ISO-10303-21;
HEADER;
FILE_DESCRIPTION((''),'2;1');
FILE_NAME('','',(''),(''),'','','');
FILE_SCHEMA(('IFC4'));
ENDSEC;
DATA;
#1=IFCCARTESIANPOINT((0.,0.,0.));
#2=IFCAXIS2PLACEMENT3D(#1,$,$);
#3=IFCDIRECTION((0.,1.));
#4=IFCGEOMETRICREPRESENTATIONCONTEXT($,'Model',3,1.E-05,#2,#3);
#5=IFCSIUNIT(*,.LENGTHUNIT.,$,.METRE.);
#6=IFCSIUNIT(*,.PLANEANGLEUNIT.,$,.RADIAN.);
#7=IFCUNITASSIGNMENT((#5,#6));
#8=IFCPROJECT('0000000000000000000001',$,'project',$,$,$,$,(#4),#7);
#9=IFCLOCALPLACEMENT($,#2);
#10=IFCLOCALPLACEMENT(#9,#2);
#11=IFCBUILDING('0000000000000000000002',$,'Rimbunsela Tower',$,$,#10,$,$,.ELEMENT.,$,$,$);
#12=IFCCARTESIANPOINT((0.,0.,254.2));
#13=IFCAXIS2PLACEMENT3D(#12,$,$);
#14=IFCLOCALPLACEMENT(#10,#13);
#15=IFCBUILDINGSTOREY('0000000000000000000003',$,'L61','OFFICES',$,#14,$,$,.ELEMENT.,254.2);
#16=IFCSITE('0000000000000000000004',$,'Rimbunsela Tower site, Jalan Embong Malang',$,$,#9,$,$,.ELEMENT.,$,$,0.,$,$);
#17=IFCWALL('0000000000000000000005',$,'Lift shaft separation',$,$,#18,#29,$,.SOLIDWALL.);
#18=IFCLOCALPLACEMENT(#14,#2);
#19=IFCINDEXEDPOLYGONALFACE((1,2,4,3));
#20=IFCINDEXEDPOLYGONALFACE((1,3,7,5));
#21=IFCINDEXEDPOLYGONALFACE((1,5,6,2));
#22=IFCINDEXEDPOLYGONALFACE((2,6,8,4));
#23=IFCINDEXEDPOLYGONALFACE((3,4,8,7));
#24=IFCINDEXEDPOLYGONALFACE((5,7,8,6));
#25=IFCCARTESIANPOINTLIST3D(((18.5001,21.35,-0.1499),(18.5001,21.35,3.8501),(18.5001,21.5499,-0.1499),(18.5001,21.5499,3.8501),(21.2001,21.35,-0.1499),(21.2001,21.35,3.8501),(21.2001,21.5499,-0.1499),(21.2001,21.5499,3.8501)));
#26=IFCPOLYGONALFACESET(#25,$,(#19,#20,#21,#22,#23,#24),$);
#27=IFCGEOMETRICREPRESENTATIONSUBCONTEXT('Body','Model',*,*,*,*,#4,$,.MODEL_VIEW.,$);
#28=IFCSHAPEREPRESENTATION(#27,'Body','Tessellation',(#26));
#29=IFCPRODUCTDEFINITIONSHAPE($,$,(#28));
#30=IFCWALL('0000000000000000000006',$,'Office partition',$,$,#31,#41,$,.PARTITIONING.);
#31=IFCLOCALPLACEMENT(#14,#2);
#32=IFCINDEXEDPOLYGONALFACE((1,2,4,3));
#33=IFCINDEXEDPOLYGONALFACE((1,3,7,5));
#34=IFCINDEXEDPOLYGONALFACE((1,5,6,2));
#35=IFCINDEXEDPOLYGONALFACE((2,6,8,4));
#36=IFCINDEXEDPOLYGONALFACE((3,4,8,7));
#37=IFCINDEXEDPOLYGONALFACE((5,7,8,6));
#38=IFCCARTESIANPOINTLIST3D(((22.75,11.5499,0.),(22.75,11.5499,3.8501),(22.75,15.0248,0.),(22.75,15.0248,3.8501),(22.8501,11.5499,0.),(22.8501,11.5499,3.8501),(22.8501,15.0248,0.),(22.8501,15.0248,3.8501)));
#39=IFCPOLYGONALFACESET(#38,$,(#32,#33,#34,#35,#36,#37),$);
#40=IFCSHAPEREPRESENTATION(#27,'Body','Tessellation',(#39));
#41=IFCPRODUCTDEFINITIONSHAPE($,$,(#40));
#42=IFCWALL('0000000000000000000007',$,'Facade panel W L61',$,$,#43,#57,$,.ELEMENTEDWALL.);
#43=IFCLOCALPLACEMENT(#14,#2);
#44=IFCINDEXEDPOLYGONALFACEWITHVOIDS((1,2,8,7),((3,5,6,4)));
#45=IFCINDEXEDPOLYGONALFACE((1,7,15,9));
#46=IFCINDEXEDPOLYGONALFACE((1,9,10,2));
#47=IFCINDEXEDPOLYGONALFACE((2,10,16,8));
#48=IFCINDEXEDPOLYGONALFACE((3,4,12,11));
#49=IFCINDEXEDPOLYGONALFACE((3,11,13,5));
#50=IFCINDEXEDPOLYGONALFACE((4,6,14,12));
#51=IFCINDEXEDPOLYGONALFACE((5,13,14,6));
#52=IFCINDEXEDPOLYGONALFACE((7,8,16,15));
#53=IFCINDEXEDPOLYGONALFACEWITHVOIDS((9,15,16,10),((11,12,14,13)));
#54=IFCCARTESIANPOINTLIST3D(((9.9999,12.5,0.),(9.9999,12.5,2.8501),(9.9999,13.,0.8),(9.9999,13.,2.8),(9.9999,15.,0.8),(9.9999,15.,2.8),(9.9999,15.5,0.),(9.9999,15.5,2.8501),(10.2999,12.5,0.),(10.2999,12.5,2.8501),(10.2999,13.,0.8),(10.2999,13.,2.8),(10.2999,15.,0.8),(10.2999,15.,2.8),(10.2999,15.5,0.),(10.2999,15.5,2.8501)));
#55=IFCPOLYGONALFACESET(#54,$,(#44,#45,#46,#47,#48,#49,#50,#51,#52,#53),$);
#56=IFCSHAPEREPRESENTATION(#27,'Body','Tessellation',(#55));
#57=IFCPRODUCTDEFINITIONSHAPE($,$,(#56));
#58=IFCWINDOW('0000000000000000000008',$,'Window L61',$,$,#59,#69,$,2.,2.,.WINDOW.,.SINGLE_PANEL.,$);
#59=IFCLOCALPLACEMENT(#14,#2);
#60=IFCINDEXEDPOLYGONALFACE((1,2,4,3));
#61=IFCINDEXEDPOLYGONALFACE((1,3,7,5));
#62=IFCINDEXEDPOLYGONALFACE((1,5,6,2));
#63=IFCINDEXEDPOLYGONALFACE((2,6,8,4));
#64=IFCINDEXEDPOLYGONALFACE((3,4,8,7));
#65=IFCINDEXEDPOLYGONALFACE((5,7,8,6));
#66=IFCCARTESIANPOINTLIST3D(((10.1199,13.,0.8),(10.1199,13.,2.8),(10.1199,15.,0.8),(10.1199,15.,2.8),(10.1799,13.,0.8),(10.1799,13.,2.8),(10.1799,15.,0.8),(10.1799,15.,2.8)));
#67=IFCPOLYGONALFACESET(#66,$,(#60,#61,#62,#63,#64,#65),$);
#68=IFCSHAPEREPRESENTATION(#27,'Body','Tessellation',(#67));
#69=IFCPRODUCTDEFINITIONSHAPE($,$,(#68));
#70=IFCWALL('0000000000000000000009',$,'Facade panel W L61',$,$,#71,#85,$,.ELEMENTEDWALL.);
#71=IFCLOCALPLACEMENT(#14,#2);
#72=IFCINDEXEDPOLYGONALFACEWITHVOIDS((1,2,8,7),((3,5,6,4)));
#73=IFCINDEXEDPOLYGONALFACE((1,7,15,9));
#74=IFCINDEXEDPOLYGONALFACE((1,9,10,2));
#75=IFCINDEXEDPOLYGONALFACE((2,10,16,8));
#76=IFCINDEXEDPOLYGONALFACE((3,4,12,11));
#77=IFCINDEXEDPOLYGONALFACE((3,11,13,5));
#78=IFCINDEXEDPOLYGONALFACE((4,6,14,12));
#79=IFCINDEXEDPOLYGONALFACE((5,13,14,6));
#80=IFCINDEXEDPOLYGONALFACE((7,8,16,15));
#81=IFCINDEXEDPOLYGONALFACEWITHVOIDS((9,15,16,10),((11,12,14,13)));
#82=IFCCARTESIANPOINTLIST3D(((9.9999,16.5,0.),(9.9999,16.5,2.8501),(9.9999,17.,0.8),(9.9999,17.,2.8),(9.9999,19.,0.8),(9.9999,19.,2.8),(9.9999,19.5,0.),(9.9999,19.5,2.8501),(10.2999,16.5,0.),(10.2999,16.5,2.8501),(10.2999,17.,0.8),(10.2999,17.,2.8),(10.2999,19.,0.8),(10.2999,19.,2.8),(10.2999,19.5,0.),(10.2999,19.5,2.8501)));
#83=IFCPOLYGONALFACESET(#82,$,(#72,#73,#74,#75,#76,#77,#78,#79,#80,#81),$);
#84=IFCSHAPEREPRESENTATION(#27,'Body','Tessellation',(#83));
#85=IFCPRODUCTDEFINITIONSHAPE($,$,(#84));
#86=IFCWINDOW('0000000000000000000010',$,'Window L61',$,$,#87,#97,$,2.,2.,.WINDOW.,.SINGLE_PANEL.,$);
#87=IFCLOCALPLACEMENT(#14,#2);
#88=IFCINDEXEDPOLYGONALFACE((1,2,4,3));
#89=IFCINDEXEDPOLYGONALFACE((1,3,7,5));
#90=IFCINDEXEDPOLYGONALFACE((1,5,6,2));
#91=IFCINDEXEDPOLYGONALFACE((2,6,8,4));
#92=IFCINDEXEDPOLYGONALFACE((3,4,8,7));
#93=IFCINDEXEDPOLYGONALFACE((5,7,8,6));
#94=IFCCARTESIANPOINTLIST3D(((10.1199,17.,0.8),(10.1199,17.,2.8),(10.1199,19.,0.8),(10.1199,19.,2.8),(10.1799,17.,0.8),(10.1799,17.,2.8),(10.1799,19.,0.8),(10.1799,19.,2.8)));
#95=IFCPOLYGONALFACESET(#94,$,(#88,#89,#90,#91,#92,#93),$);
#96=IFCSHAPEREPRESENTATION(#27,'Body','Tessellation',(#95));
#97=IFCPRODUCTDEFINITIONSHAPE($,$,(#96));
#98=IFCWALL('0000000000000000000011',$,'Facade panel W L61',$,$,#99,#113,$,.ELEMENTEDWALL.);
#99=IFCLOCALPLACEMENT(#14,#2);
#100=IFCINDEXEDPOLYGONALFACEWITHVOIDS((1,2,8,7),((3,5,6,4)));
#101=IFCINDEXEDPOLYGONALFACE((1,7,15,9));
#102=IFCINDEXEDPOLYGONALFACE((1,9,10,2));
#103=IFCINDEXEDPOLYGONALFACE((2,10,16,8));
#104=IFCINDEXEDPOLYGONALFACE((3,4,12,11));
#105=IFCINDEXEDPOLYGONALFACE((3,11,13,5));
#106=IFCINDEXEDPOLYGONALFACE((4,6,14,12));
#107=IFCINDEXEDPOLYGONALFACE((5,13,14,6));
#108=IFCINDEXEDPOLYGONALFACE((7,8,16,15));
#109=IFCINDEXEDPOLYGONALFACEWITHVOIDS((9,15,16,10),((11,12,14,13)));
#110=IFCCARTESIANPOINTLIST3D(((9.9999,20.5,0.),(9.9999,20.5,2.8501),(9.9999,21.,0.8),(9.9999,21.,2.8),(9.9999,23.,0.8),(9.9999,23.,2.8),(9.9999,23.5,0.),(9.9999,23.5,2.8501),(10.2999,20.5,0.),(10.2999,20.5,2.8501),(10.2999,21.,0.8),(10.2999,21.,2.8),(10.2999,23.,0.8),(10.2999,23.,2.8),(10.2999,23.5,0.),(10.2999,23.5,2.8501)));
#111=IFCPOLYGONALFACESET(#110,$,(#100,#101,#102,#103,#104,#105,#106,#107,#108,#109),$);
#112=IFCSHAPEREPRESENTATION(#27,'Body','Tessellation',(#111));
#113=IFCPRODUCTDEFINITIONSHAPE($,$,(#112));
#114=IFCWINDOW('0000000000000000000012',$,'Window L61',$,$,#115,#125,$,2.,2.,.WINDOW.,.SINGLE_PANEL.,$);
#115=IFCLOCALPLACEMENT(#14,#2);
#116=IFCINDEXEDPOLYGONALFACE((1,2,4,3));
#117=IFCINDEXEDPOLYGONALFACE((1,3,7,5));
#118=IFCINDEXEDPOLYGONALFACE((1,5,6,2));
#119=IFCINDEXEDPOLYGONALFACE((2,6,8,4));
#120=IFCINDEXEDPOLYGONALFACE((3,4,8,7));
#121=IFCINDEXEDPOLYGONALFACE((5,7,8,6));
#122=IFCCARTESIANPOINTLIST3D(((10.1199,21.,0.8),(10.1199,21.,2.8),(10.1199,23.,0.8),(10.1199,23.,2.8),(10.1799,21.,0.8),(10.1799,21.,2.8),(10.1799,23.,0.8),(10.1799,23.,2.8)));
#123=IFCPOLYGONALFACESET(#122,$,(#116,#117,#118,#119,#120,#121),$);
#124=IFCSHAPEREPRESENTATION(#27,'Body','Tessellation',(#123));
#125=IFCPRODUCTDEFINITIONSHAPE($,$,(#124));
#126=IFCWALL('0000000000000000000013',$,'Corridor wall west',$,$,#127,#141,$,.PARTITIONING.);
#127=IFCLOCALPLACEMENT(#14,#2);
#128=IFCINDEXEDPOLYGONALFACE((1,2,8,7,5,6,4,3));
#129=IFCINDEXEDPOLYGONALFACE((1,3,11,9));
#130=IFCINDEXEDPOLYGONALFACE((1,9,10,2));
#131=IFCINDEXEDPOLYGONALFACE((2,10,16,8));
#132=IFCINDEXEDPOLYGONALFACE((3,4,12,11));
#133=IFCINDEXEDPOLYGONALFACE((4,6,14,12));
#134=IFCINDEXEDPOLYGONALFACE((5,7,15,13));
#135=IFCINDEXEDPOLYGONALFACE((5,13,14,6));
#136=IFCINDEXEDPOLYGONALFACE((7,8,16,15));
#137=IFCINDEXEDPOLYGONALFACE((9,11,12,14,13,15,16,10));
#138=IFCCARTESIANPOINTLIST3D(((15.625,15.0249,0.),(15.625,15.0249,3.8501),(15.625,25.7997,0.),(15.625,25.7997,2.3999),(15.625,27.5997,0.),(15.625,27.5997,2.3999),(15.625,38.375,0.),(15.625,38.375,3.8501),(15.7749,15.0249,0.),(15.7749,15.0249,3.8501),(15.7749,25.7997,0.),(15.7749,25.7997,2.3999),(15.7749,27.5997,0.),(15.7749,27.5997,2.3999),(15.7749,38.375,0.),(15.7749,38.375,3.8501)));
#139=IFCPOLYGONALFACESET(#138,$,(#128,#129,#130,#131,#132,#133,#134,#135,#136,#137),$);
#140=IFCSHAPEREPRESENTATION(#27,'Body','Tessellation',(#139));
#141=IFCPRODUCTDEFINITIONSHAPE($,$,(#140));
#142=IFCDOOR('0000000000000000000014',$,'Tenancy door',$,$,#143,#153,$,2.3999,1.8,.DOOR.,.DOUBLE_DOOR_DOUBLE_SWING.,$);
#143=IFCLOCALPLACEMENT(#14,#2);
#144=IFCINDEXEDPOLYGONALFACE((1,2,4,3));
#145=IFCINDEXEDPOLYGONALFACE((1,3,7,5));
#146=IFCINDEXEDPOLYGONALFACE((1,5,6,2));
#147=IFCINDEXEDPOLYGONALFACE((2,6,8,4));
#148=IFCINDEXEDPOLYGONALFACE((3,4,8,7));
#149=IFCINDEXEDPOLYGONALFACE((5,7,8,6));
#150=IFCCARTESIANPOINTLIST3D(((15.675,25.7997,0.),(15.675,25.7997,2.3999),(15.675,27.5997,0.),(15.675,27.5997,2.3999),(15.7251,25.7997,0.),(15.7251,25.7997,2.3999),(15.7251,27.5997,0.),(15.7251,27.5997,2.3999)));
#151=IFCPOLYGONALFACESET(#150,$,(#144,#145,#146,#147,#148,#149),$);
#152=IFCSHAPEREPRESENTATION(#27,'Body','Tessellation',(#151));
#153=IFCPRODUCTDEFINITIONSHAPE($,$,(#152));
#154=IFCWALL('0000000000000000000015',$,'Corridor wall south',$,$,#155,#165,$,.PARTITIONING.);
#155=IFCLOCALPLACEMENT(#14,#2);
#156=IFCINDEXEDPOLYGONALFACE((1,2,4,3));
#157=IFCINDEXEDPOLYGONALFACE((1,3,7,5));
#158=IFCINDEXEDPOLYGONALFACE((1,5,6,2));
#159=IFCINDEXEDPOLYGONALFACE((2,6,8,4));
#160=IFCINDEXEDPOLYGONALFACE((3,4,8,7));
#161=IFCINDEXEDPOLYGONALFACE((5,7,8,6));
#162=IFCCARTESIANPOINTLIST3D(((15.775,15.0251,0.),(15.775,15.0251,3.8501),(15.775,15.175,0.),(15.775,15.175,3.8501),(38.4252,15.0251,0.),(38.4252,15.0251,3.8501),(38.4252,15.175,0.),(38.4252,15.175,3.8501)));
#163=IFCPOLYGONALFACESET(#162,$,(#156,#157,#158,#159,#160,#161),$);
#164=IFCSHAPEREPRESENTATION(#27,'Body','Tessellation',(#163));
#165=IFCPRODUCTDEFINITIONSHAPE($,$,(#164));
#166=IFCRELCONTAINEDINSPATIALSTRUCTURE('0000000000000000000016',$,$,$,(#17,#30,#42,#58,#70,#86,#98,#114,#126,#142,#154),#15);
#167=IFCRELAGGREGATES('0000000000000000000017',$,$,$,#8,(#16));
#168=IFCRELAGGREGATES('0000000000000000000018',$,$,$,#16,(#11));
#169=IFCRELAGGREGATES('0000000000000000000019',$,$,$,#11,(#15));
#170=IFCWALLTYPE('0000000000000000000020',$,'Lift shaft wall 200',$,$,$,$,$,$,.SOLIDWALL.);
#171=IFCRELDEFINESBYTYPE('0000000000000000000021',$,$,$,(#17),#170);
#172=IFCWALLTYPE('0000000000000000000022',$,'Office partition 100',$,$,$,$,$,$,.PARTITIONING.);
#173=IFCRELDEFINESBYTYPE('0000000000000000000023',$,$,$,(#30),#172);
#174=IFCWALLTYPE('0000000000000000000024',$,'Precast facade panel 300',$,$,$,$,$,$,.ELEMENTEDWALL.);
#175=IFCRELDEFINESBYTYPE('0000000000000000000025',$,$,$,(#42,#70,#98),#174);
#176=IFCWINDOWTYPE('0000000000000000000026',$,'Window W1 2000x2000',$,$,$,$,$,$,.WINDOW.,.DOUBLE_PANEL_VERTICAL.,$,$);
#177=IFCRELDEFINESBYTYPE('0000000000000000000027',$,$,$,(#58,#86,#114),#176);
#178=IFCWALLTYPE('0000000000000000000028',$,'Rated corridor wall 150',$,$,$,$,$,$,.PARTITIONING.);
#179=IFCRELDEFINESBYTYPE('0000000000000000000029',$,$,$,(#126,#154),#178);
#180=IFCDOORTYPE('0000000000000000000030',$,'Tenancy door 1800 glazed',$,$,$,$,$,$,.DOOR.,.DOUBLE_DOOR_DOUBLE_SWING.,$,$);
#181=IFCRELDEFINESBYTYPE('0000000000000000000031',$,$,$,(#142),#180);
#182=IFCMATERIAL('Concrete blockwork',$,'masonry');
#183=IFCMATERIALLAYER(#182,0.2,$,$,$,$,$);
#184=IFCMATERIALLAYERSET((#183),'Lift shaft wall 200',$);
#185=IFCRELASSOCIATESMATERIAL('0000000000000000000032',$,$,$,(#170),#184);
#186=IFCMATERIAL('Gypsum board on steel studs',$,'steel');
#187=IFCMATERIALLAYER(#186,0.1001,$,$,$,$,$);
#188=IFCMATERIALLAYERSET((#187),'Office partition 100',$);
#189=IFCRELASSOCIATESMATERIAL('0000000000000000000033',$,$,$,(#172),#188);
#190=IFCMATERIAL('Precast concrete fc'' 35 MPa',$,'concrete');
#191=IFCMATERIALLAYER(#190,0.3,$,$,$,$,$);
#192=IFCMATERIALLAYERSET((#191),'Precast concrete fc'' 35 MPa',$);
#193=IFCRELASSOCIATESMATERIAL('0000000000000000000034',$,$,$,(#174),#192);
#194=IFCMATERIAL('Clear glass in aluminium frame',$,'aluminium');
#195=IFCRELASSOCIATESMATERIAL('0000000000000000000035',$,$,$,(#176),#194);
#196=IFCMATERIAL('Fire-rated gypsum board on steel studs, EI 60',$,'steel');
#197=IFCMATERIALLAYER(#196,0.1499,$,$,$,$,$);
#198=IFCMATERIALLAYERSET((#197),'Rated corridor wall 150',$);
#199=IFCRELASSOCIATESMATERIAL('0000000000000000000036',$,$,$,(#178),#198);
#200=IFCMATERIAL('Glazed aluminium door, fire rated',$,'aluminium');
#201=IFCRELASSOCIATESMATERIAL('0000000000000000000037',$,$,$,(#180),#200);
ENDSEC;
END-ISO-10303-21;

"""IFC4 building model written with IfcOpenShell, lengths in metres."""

from ifc_helpers import new_model, si_unit, direction, frame, frame_2d, origin, place, context, subcontext, project, spatial, rectangle, extrude, material, layer, layer_set, type_object, element, fill, save


model = new_model("IFC4")

# Units and contexts
model_context = context("Model", 3, precision=1e-05, world=origin(), true_north=direction((0.0, 1.0)))
body_context = subcontext(model_context, "Body", "Model", "MODEL_VIEW")
ifc_project = project(units=[si_unit("LENGTHUNIT", "METRE"), si_unit("PLANEANGLEUNIT", "RADIAN")], contexts=[model_context])

# Site, building, storey
site_placement = place(None, origin())
site = spatial("IfcSite", under=ifc_project, at=site_placement, Name="Rimbunsela Tower site, Jalan Embong Malang", CompositionType="ELEMENT", RefElevation=0.0)
building_placement = place(site_placement, origin())
building = spatial("IfcBuilding", under=site, at=building_placement, Name="Rimbunsela Tower", CompositionType="ELEMENT")
storey_placement = place(building_placement, frame((0.0, 0.0, 254.2)))
storey = spatial("IfcBuildingStorey", under=building, at=storey_placement, Name="L61", Description="OFFICES", CompositionType="ELEMENT", Elevation=254.2)

# Walls
ifc_material_1 = material(Name="Concrete blockwork", Category="masonry")
ifc_layer_1 = layer(ifc_material_1, 0.2)
ifc_layer_set_1 = layer_set([ifc_layer_1], Name="Lift shaft wall 200")
wall_type_1 = type_object("IfcWallType", Name="Lift shaft wall 200", PredefinedType="SOLIDWALL", material=ifc_layer_set_1)
wall_1_placement = place(storey_placement, frame((18.5, 21.45, -0.1499), z_axis=(0.0, 0.0, 1.0), x_axis=(1.0, 0.0, 0.0)))
element("IfcWall", 1, at=wall_1_placement, inside=storey, type_object=wall_type_1, Name="Lift shaft separation", PredefinedType="SOLIDWALL", context=body_context, shape_type="SweptSolid", body=[
    extrude(rectangle(XDim=2.7, YDim=0.2, at=frame_2d((1.3501, 0.0))), origin(), (0.0, 0.0, 1.0), 4.0),
])
ifc_material_2 = material(Name="Gypsum board on steel studs", Category="steel")
ifc_layer_2 = layer(ifc_material_2, 0.1001)
ifc_layer_set_2 = layer_set([ifc_layer_2], Name="Office partition 100")
wall_type_2 = type_object("IfcWallType", Name="Office partition 100", PredefinedType="PARTITIONING", material=ifc_layer_set_2)
wall_2_placement = place(storey_placement, frame((22.8, 11.55, 0.0), z_axis=(0.0, 0.0, 1.0), x_axis=(0.0, 1.0, 0.0)))
element("IfcWall", 2, at=wall_2_placement, inside=storey, type_object=wall_type_2, Name="Office partition", PredefinedType="PARTITIONING", context=body_context, shape_type="SweptSolid", body=[
    extrude(rectangle(XDim=3.4749, YDim=0.1001, at=frame_2d((1.7373, 0.0))), origin(), (0.0, 0.0, 1.0), 3.8501),
])

# Walls, openings, windows
ifc_material_3 = material(Name="Precast concrete fc' 35 MPa", Category="concrete")
ifc_layer_3 = layer(ifc_material_3, 0.3)
ifc_layer_set_3 = layer_set([ifc_layer_3], Name="Precast concrete fc' 35 MPa")
wall_type_3 = type_object("IfcWallType", Name="Precast facade panel 300", PredefinedType="ELEMENTEDWALL", material=ifc_layer_set_3)
wall_3_placement = place(storey_placement, frame((10.1499, 15.5, 0.0), z_axis=(0.0, 0.0, 1.0), x_axis=(0.0, -1.0, 0.0)))
wall_3 = element("IfcWall", 3, at=wall_3_placement, inside=storey, type_object=wall_type_3, Name="Facade panel W L61", PredefinedType="ELEMENTEDWALL", context=body_context, shape_type="SweptSolid", body=[
    extrude(rectangle(XDim=3.0, YDim=0.3, at=frame_2d((1.5, 0.0))), origin(), (0.0, 0.0, 1.0), 2.8501),
])
opening_1_placement = place(wall_3_placement, frame((0.5, 0.0, 0.8)))
opening_1 = element("IfcOpeningElement", 4, at=opening_1_placement, cuts=wall_3, PredefinedType="OPENING", context=body_context, shape_type="SweptSolid", body=[
    extrude(rectangle(XDim=2.0, YDim=2.0, at=frame_2d((1.0, 1.0))), frame((0.0, 0.1599, 0.0), z_axis=(0.0, -1.0, 0.0), x_axis=(1.0, 0.0, 0.0)), (0.0, 0.0, 1.0), 0.3201),
])
ifc_material_4 = material(Name="Clear glass in aluminium frame", Category="aluminium")
window_type = type_object("IfcWindowType", Name="Window W1 2000x2000", PartitioningType="DOUBLE_PANEL_VERTICAL", PredefinedType="WINDOW", material=ifc_material_4)
window_1_placement = place(opening_1_placement, origin())
window_1 = element("IfcWindow", 5, at=window_1_placement, inside=storey, type_object=window_type, Name="Window L61", OverallHeight=2.0, OverallWidth=2.0, PartitioningType="SINGLE_PANEL", PredefinedType="WINDOW", context=body_context, shape_type="SweptSolid", body=[
    extrude(rectangle(XDim=2.0, YDim=2.0, at=frame_2d((1.0, 1.0))), frame((0.0, 0.03, 0.0), z_axis=(0.0, -1.0, 0.0), x_axis=(1.0, 0.0, 0.0)), (0.0, 0.0, 1.0), 0.0601),
])
fill(opening_1, window_1)
wall_4_placement = place(storey_placement, frame((10.1499, 19.5, 0.0), z_axis=(0.0, 0.0, 1.0), x_axis=(0.0, -1.0, 0.0)))
wall_4 = element("IfcWall", 6, at=wall_4_placement, inside=storey, type_object=wall_type_3, Name="Facade panel W L61", PredefinedType="ELEMENTEDWALL", context=body_context, shape_type="SweptSolid", body=[
    extrude(rectangle(XDim=3.0, YDim=0.3, at=frame_2d((1.5, 0.0))), origin(), (0.0, 0.0, 1.0), 2.8501),
])
opening_2_placement = place(wall_4_placement, frame((0.5, 0.0, 0.8)))
opening_2 = element("IfcOpeningElement", 7, at=opening_2_placement, cuts=wall_4, PredefinedType="OPENING", context=body_context, shape_type="SweptSolid", body=[
    extrude(rectangle(XDim=2.0, YDim=2.0, at=frame_2d((1.0, 1.0))), frame((0.0, 0.1599, 0.0), z_axis=(0.0, -1.0, 0.0), x_axis=(1.0, 0.0, 0.0)), (0.0, 0.0, 1.0), 0.3201),
])
window_2_placement = place(opening_2_placement, origin())
window_2 = element("IfcWindow", 8, at=window_2_placement, inside=storey, type_object=window_type, Name="Window L61", OverallHeight=2.0, OverallWidth=2.0, PartitioningType="SINGLE_PANEL", PredefinedType="WINDOW", context=body_context, shape_type="SweptSolid", body=[
    extrude(rectangle(XDim=2.0, YDim=2.0, at=frame_2d((1.0, 1.0))), frame((0.0, 0.03, 0.0), z_axis=(0.0, -1.0, 0.0), x_axis=(1.0, 0.0, 0.0)), (0.0, 0.0, 1.0), 0.0601),
])
fill(opening_2, window_2)
wall_5_placement = place(storey_placement, frame((10.1499, 23.5, 0.0), z_axis=(0.0, 0.0, 1.0), x_axis=(0.0, -1.0, 0.0)))
wall_5 = element("IfcWall", 9, at=wall_5_placement, inside=storey, type_object=wall_type_3, Name="Facade panel W L61", PredefinedType="ELEMENTEDWALL", context=body_context, shape_type="SweptSolid", body=[
    extrude(rectangle(XDim=3.0, YDim=0.3, at=frame_2d((1.5, 0.0))), origin(), (0.0, 0.0, 1.0), 2.8501),
])
opening_3_placement = place(wall_5_placement, frame((0.5, 0.0, 0.8)))
opening_3 = element("IfcOpeningElement", 10, at=opening_3_placement, cuts=wall_5, PredefinedType="OPENING", context=body_context, shape_type="SweptSolid", body=[
    extrude(rectangle(XDim=2.0, YDim=2.0, at=frame_2d((1.0, 1.0))), frame((0.0, 0.1599, 0.0), z_axis=(0.0, -1.0, 0.0), x_axis=(1.0, 0.0, 0.0)), (0.0, 0.0, 1.0), 0.3201),
])
window_3_placement = place(opening_3_placement, origin())
window_3 = element("IfcWindow", 11, at=window_3_placement, inside=storey, type_object=window_type, Name="Window L61", OverallHeight=2.0, OverallWidth=2.0, PartitioningType="SINGLE_PANEL", PredefinedType="WINDOW", context=body_context, shape_type="SweptSolid", body=[
    extrude(rectangle(XDim=2.0, YDim=2.0, at=frame_2d((1.0, 1.0))), frame((0.0, 0.03, 0.0), z_axis=(0.0, -1.0, 0.0), x_axis=(1.0, 0.0, 0.0)), (0.0, 0.0, 1.0), 0.0601),
])
fill(opening_3, window_3)

# Wall, opening, door
ifc_material_5 = material(Name="Fire-rated gypsum board on steel studs, EI 60", Category="steel")
ifc_layer_4 = layer(ifc_material_5, 0.1499)
ifc_layer_set_4 = layer_set([ifc_layer_4], Name="Rated corridor wall 150")
wall_type_4 = type_object("IfcWallType", Name="Rated corridor wall 150", PredefinedType="PARTITIONING", material=ifc_layer_set_4)
wall_6_placement = place(storey_placement, frame((15.7, 15.0249, 0.0), z_axis=(0.0, 0.0, 1.0), x_axis=(0.0, 1.0, 0.0)))
wall_6 = element("IfcWall", 12, at=wall_6_placement, inside=storey, type_object=wall_type_4, Name="Corridor wall west", PredefinedType="PARTITIONING", context=body_context, shape_type="SweptSolid", body=[
    extrude(rectangle(XDim=23.3501, YDim=0.1499, at=frame_2d((11.675, 0.0))), origin(), (0.0, 0.0, 1.0), 3.8501),
])
opening_4_placement = place(wall_6_placement, frame((10.7749, 0.0, 0.0)))
opening_4 = element("IfcOpeningElement", 13, at=opening_4_placement, cuts=wall_6, PredefinedType="OPENING", context=body_context, shape_type="SweptSolid", body=[
    extrude(rectangle(XDim=1.8, YDim=2.3999, at=frame_2d((0.8999, 1.2))), frame((0.0, 0.085, 0.0), z_axis=(0.0, -1.0, 0.0), x_axis=(1.0, 0.0, 0.0)), (0.0, 0.0, 1.0), 0.1699),
])
ifc_material_6 = material(Name="Glazed aluminium door, fire rated", Category="aluminium")
door_type_1 = type_object("IfcDoorType", Name="Tenancy door 1800 glazed", OperationType="DOUBLE_DOOR_DOUBLE_SWING", PredefinedType="DOOR", material=ifc_material_6)
door_1_placement = place(opening_4_placement, origin())
door_1 = element("IfcDoor", 14, at=door_1_placement, inside=storey, type_object=door_type_1, Name="Tenancy door", OperationType="DOUBLE_DOOR_DOUBLE_SWING", OverallHeight=2.3999, OverallWidth=1.8, PredefinedType="DOOR", context=body_context, shape_type="SweptSolid", body=[
    extrude(rectangle(XDim=1.8, YDim=2.3999, at=frame_2d((0.8999, 1.2))), frame((0.0, 0.0249, 0.0), z_axis=(0.0, -1.0, 0.0), x_axis=(1.0, 0.0, 0.0)), (0.0, 0.0, 1.0), 0.05),
])
fill(opening_4, door_1)

# Wall
wall_7_placement = place(storey_placement, frame((15.7749, 15.1001, 0.0), z_axis=(0.0, 0.0, 1.0), x_axis=(1.0, 0.0, 0.0)))
element("IfcWall", 15, at=wall_7_placement, inside=storey, type_object=wall_type_4, Name="Corridor wall south", PredefinedType="PARTITIONING", context=body_context, shape_type="SweptSolid", body=[
    extrude(rectangle(XDim=22.6501, YDim=0.1499, at=frame_2d((11.3252, 0.0))), origin(), (0.0, 0.0, 1.0), 3.8501),
])

save(model, "model.ifc")
